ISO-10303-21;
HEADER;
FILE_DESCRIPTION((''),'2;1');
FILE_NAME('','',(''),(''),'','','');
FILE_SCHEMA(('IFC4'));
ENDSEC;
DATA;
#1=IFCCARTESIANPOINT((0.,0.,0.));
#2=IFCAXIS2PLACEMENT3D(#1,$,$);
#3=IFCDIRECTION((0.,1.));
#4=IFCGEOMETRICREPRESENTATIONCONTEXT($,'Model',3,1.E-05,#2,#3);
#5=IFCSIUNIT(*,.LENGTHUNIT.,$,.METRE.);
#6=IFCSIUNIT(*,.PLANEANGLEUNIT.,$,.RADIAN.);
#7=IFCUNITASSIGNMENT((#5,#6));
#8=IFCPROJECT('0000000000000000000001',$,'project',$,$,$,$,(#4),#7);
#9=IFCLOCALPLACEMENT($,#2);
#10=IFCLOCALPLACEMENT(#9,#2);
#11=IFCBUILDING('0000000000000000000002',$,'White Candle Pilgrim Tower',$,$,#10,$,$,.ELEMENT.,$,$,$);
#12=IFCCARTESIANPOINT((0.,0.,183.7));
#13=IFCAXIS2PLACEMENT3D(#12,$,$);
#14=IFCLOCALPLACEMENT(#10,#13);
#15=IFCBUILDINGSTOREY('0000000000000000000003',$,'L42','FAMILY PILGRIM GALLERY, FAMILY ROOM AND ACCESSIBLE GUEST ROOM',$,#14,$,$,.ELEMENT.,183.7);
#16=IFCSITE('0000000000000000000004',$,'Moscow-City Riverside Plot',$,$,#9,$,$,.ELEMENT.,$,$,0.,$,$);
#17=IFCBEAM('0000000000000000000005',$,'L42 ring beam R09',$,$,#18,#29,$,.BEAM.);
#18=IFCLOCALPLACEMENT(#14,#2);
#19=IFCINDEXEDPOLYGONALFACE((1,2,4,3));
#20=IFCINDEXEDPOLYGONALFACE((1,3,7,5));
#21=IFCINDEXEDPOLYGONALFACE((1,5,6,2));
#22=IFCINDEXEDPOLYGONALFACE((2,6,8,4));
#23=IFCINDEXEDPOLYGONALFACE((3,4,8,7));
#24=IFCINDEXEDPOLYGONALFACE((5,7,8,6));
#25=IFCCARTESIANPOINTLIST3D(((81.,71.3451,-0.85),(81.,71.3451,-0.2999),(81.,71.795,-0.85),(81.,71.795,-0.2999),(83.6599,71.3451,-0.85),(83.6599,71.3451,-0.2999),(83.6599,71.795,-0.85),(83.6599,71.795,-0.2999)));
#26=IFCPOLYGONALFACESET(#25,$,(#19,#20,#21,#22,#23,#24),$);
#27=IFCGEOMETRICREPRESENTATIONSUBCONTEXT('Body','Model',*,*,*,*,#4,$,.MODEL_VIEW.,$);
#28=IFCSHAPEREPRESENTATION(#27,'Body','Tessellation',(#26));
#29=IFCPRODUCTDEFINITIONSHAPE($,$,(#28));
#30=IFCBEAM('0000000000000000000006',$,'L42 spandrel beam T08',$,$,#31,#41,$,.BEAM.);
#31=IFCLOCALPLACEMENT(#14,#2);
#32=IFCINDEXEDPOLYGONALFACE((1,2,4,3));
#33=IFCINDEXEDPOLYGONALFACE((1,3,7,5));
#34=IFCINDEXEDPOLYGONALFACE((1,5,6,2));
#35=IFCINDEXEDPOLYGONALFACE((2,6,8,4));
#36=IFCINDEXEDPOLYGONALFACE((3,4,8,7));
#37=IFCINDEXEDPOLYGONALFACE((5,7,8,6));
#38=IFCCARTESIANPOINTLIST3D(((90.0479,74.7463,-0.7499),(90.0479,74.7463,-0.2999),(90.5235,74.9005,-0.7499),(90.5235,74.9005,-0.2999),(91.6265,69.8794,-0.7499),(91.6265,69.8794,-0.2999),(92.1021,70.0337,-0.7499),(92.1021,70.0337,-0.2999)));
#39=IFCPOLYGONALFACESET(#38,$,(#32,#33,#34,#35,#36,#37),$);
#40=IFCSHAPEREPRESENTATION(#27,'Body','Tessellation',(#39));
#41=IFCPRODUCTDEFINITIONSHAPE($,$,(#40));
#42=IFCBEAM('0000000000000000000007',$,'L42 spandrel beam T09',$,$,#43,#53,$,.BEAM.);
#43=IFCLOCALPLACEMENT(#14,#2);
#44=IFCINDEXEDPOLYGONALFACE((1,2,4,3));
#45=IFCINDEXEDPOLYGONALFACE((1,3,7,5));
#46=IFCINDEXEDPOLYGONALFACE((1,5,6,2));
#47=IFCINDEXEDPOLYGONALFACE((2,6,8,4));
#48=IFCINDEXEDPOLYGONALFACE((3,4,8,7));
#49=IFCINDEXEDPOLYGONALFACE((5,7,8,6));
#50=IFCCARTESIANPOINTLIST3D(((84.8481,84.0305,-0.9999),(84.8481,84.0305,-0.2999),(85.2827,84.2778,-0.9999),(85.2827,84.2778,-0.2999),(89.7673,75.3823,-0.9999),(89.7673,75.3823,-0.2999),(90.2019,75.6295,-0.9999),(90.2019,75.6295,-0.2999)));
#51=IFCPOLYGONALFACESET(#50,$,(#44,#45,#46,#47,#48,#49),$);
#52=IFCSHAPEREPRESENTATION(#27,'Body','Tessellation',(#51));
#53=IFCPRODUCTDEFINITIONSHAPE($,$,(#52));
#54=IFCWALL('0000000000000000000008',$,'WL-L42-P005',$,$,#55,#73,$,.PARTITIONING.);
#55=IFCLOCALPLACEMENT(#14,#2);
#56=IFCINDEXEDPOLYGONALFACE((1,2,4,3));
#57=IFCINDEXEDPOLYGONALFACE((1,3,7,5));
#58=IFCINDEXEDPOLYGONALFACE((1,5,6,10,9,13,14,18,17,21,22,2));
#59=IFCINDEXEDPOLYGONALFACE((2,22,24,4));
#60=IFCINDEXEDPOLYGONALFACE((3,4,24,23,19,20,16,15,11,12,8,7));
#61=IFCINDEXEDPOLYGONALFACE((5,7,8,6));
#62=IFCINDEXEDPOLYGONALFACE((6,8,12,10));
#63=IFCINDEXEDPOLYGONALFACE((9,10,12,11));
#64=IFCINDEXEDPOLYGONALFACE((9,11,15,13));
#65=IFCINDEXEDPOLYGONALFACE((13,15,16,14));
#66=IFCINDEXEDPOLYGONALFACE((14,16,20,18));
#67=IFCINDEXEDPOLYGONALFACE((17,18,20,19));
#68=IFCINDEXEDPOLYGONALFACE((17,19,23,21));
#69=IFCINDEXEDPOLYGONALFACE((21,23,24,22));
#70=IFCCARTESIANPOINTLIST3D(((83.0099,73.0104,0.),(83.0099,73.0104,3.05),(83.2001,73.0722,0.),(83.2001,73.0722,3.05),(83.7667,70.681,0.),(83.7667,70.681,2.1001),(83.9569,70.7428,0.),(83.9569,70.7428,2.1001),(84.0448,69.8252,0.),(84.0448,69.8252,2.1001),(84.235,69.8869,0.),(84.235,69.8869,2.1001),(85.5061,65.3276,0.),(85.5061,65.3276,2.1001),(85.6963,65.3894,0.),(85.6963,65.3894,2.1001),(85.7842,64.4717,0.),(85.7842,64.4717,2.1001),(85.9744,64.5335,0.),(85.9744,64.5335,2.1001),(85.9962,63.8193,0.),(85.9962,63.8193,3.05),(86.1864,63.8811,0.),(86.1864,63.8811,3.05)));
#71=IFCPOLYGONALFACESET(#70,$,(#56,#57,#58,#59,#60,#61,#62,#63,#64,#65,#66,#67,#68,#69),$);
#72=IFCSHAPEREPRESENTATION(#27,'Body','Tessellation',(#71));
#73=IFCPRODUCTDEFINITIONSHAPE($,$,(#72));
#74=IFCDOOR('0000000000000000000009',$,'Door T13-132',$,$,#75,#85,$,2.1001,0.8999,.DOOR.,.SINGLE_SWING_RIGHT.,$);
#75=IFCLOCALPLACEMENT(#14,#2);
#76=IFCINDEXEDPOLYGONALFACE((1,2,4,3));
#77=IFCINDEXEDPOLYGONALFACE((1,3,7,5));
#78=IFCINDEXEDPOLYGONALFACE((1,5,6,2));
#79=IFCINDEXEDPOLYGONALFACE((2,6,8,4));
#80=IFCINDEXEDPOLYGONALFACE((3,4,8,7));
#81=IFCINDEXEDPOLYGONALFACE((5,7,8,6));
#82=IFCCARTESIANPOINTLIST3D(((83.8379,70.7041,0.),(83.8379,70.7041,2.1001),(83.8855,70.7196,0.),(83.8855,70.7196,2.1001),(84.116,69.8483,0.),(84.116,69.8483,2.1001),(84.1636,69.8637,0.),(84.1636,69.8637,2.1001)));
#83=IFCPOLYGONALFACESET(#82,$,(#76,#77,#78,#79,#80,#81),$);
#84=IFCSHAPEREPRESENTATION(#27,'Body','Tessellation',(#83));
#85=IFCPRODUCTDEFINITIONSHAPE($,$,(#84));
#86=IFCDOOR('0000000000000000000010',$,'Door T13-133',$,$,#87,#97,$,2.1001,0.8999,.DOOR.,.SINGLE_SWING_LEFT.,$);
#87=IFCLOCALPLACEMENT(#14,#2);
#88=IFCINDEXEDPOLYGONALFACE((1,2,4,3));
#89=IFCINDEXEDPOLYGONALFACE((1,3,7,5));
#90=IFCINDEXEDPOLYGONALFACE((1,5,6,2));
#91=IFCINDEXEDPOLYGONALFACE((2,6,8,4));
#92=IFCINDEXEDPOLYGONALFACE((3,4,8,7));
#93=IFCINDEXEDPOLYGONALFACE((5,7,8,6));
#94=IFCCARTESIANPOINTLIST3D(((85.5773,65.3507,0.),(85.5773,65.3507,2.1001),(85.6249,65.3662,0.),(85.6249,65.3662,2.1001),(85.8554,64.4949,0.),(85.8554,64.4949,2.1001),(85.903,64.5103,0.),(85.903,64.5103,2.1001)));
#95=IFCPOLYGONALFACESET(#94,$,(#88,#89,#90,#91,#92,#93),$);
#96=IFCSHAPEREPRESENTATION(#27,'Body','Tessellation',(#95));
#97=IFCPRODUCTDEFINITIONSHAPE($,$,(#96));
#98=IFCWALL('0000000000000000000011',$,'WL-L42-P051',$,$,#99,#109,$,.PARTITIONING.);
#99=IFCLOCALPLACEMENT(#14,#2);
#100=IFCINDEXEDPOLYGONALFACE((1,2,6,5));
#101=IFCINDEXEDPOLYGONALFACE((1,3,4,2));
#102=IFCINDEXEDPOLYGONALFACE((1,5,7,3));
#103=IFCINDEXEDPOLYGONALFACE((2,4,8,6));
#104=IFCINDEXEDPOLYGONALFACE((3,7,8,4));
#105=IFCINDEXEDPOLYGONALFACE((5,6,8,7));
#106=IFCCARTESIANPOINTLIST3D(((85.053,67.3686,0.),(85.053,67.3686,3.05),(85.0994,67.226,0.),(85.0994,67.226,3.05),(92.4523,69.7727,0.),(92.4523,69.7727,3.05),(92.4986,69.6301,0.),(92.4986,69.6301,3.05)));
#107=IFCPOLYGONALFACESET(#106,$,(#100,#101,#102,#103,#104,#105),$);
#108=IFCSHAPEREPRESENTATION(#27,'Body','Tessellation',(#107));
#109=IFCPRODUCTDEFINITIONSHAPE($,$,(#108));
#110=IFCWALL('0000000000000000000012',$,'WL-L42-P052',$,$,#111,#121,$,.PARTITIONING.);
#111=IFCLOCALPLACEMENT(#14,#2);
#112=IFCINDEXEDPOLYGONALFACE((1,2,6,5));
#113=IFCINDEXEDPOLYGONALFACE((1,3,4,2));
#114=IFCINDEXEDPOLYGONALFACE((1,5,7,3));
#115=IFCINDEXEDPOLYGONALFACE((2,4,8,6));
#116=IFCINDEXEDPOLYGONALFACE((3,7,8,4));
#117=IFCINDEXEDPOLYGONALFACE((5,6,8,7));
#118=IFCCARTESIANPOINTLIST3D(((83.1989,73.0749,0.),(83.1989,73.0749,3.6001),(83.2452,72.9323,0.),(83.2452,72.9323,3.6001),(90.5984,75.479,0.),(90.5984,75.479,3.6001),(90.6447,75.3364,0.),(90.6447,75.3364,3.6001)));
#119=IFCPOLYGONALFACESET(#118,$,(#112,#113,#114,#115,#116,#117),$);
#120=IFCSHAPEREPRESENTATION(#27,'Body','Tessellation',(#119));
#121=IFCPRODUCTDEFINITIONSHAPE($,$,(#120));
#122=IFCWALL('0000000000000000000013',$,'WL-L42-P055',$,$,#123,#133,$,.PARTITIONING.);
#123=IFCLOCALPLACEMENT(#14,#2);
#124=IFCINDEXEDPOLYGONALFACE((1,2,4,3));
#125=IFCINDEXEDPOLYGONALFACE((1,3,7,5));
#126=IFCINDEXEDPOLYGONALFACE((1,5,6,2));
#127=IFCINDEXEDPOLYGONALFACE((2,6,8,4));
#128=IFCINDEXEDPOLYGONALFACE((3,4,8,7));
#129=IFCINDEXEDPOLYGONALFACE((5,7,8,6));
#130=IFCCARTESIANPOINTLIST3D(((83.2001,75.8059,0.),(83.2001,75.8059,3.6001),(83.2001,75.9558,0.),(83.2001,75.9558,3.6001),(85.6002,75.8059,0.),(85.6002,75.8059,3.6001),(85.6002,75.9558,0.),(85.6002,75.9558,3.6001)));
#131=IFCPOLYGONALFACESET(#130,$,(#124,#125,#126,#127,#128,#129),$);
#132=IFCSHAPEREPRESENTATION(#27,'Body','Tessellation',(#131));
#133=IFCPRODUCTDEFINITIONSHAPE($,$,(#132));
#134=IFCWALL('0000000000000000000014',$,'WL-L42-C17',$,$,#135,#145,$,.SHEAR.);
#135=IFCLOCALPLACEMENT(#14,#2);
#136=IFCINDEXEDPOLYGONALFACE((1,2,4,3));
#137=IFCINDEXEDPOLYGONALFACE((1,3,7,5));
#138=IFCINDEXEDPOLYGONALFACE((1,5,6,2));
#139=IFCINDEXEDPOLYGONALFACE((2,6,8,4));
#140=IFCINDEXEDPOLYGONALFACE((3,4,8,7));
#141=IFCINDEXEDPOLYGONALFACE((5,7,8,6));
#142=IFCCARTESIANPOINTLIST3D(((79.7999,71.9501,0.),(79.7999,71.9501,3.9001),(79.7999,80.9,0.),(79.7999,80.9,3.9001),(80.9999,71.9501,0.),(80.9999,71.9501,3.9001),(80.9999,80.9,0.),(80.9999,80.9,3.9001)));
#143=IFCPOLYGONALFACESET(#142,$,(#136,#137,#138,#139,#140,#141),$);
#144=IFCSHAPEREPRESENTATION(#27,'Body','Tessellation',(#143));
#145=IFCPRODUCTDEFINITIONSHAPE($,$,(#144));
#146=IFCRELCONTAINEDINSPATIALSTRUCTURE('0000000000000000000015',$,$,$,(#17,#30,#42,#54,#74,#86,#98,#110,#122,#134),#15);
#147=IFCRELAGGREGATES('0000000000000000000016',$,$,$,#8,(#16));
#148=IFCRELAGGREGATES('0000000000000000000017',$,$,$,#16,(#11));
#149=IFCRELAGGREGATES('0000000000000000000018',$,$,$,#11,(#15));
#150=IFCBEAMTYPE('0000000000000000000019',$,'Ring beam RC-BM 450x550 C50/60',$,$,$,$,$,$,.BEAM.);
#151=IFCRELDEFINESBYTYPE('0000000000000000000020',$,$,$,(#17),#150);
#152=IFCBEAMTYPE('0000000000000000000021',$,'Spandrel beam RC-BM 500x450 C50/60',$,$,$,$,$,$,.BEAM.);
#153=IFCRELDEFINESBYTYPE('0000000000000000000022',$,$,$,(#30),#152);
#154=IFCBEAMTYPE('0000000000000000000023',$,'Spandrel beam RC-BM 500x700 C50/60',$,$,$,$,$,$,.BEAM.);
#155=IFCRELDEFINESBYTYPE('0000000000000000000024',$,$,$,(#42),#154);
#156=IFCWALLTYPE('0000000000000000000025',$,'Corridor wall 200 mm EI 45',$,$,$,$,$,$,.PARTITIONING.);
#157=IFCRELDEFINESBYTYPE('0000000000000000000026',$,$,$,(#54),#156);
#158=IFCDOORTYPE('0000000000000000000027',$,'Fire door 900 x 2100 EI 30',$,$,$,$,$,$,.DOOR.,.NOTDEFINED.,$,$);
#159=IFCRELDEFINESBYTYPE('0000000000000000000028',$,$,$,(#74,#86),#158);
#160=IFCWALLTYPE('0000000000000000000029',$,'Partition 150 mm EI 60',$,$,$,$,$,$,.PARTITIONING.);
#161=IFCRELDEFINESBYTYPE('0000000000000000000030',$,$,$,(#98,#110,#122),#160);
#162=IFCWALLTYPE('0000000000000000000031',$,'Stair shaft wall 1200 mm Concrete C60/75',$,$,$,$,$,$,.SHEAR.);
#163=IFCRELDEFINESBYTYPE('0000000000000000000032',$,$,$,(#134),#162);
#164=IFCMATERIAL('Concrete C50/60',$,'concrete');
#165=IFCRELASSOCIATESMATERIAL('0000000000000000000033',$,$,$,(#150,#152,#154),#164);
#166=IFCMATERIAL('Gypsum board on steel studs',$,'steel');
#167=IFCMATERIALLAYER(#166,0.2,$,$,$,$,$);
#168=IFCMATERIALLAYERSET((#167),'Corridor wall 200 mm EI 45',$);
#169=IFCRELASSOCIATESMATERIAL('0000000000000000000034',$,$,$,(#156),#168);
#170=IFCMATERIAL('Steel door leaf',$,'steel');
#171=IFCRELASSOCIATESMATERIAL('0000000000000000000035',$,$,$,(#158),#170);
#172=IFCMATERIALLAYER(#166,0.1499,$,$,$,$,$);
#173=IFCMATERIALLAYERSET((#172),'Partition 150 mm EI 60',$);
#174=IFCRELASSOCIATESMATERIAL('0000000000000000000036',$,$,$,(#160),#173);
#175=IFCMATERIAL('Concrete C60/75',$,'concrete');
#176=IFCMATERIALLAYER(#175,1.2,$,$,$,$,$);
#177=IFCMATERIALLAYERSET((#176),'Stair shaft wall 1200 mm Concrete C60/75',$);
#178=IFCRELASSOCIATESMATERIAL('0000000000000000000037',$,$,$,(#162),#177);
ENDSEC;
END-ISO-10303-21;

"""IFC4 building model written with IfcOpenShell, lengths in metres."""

from ifc_helpers import new_model, si_unit, direction, frame, frame_2d, origin, origin_2d, place, context, subcontext, project, spatial, rectangle, extrude, material, layer, layer_set, material_profile, profile_set, type_object, element, fill, save


model = new_model("IFC4")

# Units and contexts
model_context = context("Model", 3, precision=1e-05, world=origin(), true_north=direction((0.0, 1.0)))
body_context = subcontext(model_context, "Body", "Model", "MODEL_VIEW")
ifc_project = project(units=[si_unit("LENGTHUNIT", "METRE"), si_unit("PLANEANGLEUNIT", "RADIAN")], contexts=[model_context])

# Site, building, storey
site_placement = place(None, origin())
site = spatial("IfcSite", under=ifc_project, at=site_placement, Name="Moscow-City Riverside Plot", CompositionType="ELEMENT", RefElevation=0.0)
building_placement = place(site_placement, origin())
building = spatial("IfcBuilding", under=site, at=building_placement, Name="White Candle Pilgrim Tower", CompositionType="ELEMENT")
storey_placement = place(building_placement, frame((0.0, 0.0, 183.7)))
storey = spatial("IfcBuildingStorey", under=building, at=storey_placement, Name="L42", Description="FAMILY PILGRIM GALLERY, FAMILY ROOM AND ACCESSIBLE GUEST ROOM", CompositionType="ELEMENT", Elevation=183.7)

# Beams
ifc_material_1 = material(Name="Concrete C50/60", Category="concrete")
ifc_material_profile_1 = material_profile(ifc_material_1, rectangle(XDim=0.45, YDim=0.55, at=origin_2d()), Name="RC-BM 450x550")
ifc_profile_set_1 = profile_set([ifc_material_profile_1], Name="Concrete C50/60")
beam_type_1 = type_object("IfcBeamType", Name="Ring beam RC-BM 450x550 C50/60", PredefinedType="BEAM", material=ifc_profile_set_1)
beam_1_placement = place(storey_placement, frame((83.6599, 71.5701, -0.575), z_axis=(-1.0, 0.0, 0.0), x_axis=(0.0, -1.0, 0.0)))
element("IfcBeam", 1, at=beam_1_placement, inside=storey, type_object=beam_type_1, Name="L42 ring beam R09", PredefinedType="BEAM", context=body_context, shape_type="SweptSolid", body=[
    extrude(rectangle(XDim=0.45, YDim=0.55, at=origin_2d()), origin(), (0.0, 0.0, 1.0), 2.6599),
])
ifc_material_profile_2 = material_profile(ifc_material_1, rectangle(XDim=0.5, YDim=0.45, at=origin_2d()), Name="RC-BM 500x450")
ifc_profile_set_2 = profile_set([ifc_material_profile_2], Name="Concrete C50/60")
beam_type_2 = type_object("IfcBeamType", Name="Spandrel beam RC-BM 500x450 C50/60", PredefinedType="BEAM", material=ifc_profile_set_2)
beam_2_placement = place(storey_placement, frame((91.8643, 69.9565, -0.5249), z_axis=(-0.30853, 0.951214, 0.0), x_axis=(-0.951214, -0.30853, 0.0)))
element("IfcBeam", 2, at=beam_2_placement, inside=storey, type_object=beam_type_2, Name="L42 spandrel beam T08", PredefinedType="BEAM", context=body_context, shape_type="SweptSolid", body=[
    extrude(rectangle(XDim=0.5, YDim=0.45, at=origin_2d()), origin(), (0.0, 0.0, 1.0), 5.1165),
])
ifc_material_profile_3 = material_profile(ifc_material_1, rectangle(XDim=0.5, YDim=0.7, at=origin_2d()), Name="RC-BM 500x700")
ifc_profile_set_3 = profile_set([ifc_material_profile_3], Name="Concrete C50/60")
beam_type_3 = type_object("IfcBeamType", Name="Spandrel beam RC-BM 500x700 C50/60", PredefinedType="BEAM", material=ifc_profile_set_3)
beam_3_placement = place(storey_placement, frame((89.9846, 75.5059, -0.6499), z_axis=(-0.494423, 0.869221, 0.0), x_axis=(-0.869221, -0.494423, 0.0)))
element("IfcBeam", 3, at=beam_3_placement, inside=storey, type_object=beam_type_3, Name="L42 spandrel beam T09", PredefinedType="BEAM", context=body_context, shape_type="SweptSolid", body=[
    extrude(rectangle(XDim=0.5, YDim=0.7, at=origin_2d()), origin(), (0.0, 0.0, 1.0), 9.9495),
])

# Wall, openings, doors
ifc_material_2 = material(Name="Gypsum board on steel studs", Category="steel")
ifc_layer_1 = layer(ifc_material_2, 0.2)
ifc_layer_set_1 = layer_set([ifc_layer_1], Name="Corridor wall 200 mm EI 45")
wall_type_1 = type_object("IfcWallType", Name="Corridor wall 200 mm EI 45", PredefinedType="PARTITIONING", material=ifc_layer_set_1)
wall_1_placement = place(storey_placement, frame((83.105, 73.0413, 0.0), z_axis=(0.0, 0.0, 1.0), x_axis=(0.309011, -0.951058, 0.0)))
wall_1 = element("IfcWall", 4, at=wall_1_placement, inside=storey, type_object=wall_type_1, Name="WL-L42-P005", PredefinedType="PARTITIONING", context=body_context, shape_type="SweptSolid", body=[
    extrude(rectangle(XDim=9.6641, YDim=0.2, at=frame_2d((4.832, 0.0))), origin(), (0.0, 0.0, 1.0), 3.05),
])
opening_1_placement = place(wall_1_placement, frame((2.4492, 0.0, 0.0)))
opening_1 = element("IfcOpeningElement", 5, at=opening_1_placement, cuts=wall_1, PredefinedType="OPENING", context=body_context, shape_type="SweptSolid", body=[
    extrude(rectangle(XDim=0.8999, YDim=2.1001, at=frame_2d((0.45, 1.05))), frame((0.0, 0.1099, 0.0), z_axis=(0.0, -1.0, 0.0), x_axis=(1.0, 0.0, 0.0)), (0.0, 0.0, 1.0), 0.22),
])
opening_2_placement = place(wall_1_placement, frame((8.0781, 0.0, 0.0)))
opening_2 = element("IfcOpeningElement", 6, at=opening_2_placement, cuts=wall_1, PredefinedType="OPENING", context=body_context, shape_type="SweptSolid", body=[
    extrude(rectangle(XDim=0.8999, YDim=2.1001, at=frame_2d((0.45, 1.05))), frame((0.0, 0.1099, 0.0), z_axis=(0.0, -1.0, 0.0), x_axis=(1.0, 0.0, 0.0)), (0.0, 0.0, 1.0), 0.22),
])
ifc_material_3 = material(Name="Steel door leaf", Category="steel")
door_type = type_object("IfcDoorType", Name="Fire door 900 x 2100 EI 30", OperationType="NOTDEFINED", PredefinedType="DOOR", material=ifc_material_3)
door_1_placement = place(opening_1_placement, origin())
door_1 = element("IfcDoor", 7, at=door_1_placement, inside=storey, type_object=door_type, Name="Door T13-132", OperationType="SINGLE_SWING_RIGHT", OverallHeight=2.1001, OverallWidth=0.8999, PredefinedType="DOOR", context=body_context, shape_type="SweptSolid", body=[
    extrude(rectangle(XDim=0.8999, YDim=2.1001, at=frame_2d((0.45, 1.05))), frame((0.0, 0.0249, 0.0), z_axis=(0.0, -1.0, 0.0), x_axis=(1.0, 0.0, 0.0)), (0.0, 0.0, 1.0), 0.05),
])
fill(opening_1, door_1)
door_2_placement = place(opening_2_placement, origin())
door_2 = element("IfcDoor", 8, at=door_2_placement, inside=storey, type_object=door_type, Name="Door T13-133", OperationType="SINGLE_SWING_LEFT", OverallHeight=2.1001, OverallWidth=0.8999, PredefinedType="DOOR", context=body_context, shape_type="SweptSolid", body=[
    extrude(rectangle(XDim=0.8999, YDim=2.1001, at=frame_2d((0.45, 1.05))), frame((0.0, 0.0249, 0.0), z_axis=(0.0, -1.0, 0.0), x_axis=(1.0, 0.0, 0.0)), (0.0, 0.0, 1.0), 0.05),
])
fill(opening_2, door_2)

# Walls
ifc_layer_2 = layer(ifc_material_2, 0.1499)
ifc_layer_set_2 = layer_set([ifc_layer_2], Name="Partition 150 mm EI 60")
wall_type_2 = type_object("IfcWallType", Name="Partition 150 mm EI 60", PredefinedType="PARTITIONING", material=ifc_layer_set_2)
wall_2_placement = place(storey_placement, frame((92.4756, 69.7014, 0.0), z_axis=(0.0, 0.0, 1.0), x_axis=(-0.95106, -0.309007, 0.0)))
element("IfcWall", 9, at=wall_2_placement, inside=storey, type_object=wall_type_2, Name="WL-L42-P051", PredefinedType="PARTITIONING", context=body_context, shape_type="SweptSolid", body=[
    extrude(rectangle(XDim=7.78, YDim=0.1499, at=frame_2d((3.8901, 0.0))), origin(), (0.0, 0.0, 1.0), 3.05),
])
wall_3_placement = place(storey_placement, frame((90.6216, 75.4077, 0.0), z_axis=(0.0, 0.0, 1.0), x_axis=(-0.951063, -0.308998, 0.0)))
element("IfcWall", 10, at=wall_3_placement, inside=storey, type_object=wall_type_2, Name="WL-L42-P052", PredefinedType="PARTITIONING", context=body_context, shape_type="SweptSolid", body=[
    extrude(rectangle(XDim=7.7803, YDim=0.1499, at=frame_2d((3.8901, 0.0))), origin(), (0.0, 0.0, 1.0), 3.6001),
])
wall_4_placement = place(storey_placement, frame((83.2, 75.8809, 0.0), z_axis=(0.0, 0.0, 1.0), x_axis=(1.0, 0.0, 0.0)))
element("IfcWall", 11, at=wall_4_placement, inside=storey, type_object=wall_type_2, Name="WL-L42-P055", PredefinedType="PARTITIONING", context=body_context, shape_type="SweptSolid", body=[
    extrude(rectangle(XDim=2.4001, YDim=0.1499, at=frame_2d((1.2002, 0.0))), origin(), (0.0, 0.0, 1.0), 3.6001),
])
ifc_material_4 = material(Name="Concrete C60/75", Category="concrete")
ifc_layer_3 = layer(ifc_material_4, 1.2)
ifc_layer_set_3 = layer_set([ifc_layer_3], Name="Stair shaft wall 1200 mm Concrete C60/75")
wall_type_3 = type_object("IfcWallType", Name="Stair shaft wall 1200 mm Concrete C60/75", PredefinedType="SHEAR", material=ifc_layer_set_3)
wall_5_placement = place(storey_placement, frame((80.3999, 71.95, 0.0), z_axis=(0.0, 0.0, 1.0), x_axis=(0.0, 1.0, 0.0)))
element("IfcWall", 12, at=wall_5_placement, inside=storey, type_object=wall_type_3, Name="WL-L42-C17", PredefinedType="SHEAR", context=body_context, shape_type="SweptSolid", body=[
    extrude(rectangle(XDim=8.95, YDim=1.2, at=frame_2d((4.4751, 0.0))), origin(), (0.0, 0.0, 1.0), 3.9001),
])

save(model, "model.ifc")
